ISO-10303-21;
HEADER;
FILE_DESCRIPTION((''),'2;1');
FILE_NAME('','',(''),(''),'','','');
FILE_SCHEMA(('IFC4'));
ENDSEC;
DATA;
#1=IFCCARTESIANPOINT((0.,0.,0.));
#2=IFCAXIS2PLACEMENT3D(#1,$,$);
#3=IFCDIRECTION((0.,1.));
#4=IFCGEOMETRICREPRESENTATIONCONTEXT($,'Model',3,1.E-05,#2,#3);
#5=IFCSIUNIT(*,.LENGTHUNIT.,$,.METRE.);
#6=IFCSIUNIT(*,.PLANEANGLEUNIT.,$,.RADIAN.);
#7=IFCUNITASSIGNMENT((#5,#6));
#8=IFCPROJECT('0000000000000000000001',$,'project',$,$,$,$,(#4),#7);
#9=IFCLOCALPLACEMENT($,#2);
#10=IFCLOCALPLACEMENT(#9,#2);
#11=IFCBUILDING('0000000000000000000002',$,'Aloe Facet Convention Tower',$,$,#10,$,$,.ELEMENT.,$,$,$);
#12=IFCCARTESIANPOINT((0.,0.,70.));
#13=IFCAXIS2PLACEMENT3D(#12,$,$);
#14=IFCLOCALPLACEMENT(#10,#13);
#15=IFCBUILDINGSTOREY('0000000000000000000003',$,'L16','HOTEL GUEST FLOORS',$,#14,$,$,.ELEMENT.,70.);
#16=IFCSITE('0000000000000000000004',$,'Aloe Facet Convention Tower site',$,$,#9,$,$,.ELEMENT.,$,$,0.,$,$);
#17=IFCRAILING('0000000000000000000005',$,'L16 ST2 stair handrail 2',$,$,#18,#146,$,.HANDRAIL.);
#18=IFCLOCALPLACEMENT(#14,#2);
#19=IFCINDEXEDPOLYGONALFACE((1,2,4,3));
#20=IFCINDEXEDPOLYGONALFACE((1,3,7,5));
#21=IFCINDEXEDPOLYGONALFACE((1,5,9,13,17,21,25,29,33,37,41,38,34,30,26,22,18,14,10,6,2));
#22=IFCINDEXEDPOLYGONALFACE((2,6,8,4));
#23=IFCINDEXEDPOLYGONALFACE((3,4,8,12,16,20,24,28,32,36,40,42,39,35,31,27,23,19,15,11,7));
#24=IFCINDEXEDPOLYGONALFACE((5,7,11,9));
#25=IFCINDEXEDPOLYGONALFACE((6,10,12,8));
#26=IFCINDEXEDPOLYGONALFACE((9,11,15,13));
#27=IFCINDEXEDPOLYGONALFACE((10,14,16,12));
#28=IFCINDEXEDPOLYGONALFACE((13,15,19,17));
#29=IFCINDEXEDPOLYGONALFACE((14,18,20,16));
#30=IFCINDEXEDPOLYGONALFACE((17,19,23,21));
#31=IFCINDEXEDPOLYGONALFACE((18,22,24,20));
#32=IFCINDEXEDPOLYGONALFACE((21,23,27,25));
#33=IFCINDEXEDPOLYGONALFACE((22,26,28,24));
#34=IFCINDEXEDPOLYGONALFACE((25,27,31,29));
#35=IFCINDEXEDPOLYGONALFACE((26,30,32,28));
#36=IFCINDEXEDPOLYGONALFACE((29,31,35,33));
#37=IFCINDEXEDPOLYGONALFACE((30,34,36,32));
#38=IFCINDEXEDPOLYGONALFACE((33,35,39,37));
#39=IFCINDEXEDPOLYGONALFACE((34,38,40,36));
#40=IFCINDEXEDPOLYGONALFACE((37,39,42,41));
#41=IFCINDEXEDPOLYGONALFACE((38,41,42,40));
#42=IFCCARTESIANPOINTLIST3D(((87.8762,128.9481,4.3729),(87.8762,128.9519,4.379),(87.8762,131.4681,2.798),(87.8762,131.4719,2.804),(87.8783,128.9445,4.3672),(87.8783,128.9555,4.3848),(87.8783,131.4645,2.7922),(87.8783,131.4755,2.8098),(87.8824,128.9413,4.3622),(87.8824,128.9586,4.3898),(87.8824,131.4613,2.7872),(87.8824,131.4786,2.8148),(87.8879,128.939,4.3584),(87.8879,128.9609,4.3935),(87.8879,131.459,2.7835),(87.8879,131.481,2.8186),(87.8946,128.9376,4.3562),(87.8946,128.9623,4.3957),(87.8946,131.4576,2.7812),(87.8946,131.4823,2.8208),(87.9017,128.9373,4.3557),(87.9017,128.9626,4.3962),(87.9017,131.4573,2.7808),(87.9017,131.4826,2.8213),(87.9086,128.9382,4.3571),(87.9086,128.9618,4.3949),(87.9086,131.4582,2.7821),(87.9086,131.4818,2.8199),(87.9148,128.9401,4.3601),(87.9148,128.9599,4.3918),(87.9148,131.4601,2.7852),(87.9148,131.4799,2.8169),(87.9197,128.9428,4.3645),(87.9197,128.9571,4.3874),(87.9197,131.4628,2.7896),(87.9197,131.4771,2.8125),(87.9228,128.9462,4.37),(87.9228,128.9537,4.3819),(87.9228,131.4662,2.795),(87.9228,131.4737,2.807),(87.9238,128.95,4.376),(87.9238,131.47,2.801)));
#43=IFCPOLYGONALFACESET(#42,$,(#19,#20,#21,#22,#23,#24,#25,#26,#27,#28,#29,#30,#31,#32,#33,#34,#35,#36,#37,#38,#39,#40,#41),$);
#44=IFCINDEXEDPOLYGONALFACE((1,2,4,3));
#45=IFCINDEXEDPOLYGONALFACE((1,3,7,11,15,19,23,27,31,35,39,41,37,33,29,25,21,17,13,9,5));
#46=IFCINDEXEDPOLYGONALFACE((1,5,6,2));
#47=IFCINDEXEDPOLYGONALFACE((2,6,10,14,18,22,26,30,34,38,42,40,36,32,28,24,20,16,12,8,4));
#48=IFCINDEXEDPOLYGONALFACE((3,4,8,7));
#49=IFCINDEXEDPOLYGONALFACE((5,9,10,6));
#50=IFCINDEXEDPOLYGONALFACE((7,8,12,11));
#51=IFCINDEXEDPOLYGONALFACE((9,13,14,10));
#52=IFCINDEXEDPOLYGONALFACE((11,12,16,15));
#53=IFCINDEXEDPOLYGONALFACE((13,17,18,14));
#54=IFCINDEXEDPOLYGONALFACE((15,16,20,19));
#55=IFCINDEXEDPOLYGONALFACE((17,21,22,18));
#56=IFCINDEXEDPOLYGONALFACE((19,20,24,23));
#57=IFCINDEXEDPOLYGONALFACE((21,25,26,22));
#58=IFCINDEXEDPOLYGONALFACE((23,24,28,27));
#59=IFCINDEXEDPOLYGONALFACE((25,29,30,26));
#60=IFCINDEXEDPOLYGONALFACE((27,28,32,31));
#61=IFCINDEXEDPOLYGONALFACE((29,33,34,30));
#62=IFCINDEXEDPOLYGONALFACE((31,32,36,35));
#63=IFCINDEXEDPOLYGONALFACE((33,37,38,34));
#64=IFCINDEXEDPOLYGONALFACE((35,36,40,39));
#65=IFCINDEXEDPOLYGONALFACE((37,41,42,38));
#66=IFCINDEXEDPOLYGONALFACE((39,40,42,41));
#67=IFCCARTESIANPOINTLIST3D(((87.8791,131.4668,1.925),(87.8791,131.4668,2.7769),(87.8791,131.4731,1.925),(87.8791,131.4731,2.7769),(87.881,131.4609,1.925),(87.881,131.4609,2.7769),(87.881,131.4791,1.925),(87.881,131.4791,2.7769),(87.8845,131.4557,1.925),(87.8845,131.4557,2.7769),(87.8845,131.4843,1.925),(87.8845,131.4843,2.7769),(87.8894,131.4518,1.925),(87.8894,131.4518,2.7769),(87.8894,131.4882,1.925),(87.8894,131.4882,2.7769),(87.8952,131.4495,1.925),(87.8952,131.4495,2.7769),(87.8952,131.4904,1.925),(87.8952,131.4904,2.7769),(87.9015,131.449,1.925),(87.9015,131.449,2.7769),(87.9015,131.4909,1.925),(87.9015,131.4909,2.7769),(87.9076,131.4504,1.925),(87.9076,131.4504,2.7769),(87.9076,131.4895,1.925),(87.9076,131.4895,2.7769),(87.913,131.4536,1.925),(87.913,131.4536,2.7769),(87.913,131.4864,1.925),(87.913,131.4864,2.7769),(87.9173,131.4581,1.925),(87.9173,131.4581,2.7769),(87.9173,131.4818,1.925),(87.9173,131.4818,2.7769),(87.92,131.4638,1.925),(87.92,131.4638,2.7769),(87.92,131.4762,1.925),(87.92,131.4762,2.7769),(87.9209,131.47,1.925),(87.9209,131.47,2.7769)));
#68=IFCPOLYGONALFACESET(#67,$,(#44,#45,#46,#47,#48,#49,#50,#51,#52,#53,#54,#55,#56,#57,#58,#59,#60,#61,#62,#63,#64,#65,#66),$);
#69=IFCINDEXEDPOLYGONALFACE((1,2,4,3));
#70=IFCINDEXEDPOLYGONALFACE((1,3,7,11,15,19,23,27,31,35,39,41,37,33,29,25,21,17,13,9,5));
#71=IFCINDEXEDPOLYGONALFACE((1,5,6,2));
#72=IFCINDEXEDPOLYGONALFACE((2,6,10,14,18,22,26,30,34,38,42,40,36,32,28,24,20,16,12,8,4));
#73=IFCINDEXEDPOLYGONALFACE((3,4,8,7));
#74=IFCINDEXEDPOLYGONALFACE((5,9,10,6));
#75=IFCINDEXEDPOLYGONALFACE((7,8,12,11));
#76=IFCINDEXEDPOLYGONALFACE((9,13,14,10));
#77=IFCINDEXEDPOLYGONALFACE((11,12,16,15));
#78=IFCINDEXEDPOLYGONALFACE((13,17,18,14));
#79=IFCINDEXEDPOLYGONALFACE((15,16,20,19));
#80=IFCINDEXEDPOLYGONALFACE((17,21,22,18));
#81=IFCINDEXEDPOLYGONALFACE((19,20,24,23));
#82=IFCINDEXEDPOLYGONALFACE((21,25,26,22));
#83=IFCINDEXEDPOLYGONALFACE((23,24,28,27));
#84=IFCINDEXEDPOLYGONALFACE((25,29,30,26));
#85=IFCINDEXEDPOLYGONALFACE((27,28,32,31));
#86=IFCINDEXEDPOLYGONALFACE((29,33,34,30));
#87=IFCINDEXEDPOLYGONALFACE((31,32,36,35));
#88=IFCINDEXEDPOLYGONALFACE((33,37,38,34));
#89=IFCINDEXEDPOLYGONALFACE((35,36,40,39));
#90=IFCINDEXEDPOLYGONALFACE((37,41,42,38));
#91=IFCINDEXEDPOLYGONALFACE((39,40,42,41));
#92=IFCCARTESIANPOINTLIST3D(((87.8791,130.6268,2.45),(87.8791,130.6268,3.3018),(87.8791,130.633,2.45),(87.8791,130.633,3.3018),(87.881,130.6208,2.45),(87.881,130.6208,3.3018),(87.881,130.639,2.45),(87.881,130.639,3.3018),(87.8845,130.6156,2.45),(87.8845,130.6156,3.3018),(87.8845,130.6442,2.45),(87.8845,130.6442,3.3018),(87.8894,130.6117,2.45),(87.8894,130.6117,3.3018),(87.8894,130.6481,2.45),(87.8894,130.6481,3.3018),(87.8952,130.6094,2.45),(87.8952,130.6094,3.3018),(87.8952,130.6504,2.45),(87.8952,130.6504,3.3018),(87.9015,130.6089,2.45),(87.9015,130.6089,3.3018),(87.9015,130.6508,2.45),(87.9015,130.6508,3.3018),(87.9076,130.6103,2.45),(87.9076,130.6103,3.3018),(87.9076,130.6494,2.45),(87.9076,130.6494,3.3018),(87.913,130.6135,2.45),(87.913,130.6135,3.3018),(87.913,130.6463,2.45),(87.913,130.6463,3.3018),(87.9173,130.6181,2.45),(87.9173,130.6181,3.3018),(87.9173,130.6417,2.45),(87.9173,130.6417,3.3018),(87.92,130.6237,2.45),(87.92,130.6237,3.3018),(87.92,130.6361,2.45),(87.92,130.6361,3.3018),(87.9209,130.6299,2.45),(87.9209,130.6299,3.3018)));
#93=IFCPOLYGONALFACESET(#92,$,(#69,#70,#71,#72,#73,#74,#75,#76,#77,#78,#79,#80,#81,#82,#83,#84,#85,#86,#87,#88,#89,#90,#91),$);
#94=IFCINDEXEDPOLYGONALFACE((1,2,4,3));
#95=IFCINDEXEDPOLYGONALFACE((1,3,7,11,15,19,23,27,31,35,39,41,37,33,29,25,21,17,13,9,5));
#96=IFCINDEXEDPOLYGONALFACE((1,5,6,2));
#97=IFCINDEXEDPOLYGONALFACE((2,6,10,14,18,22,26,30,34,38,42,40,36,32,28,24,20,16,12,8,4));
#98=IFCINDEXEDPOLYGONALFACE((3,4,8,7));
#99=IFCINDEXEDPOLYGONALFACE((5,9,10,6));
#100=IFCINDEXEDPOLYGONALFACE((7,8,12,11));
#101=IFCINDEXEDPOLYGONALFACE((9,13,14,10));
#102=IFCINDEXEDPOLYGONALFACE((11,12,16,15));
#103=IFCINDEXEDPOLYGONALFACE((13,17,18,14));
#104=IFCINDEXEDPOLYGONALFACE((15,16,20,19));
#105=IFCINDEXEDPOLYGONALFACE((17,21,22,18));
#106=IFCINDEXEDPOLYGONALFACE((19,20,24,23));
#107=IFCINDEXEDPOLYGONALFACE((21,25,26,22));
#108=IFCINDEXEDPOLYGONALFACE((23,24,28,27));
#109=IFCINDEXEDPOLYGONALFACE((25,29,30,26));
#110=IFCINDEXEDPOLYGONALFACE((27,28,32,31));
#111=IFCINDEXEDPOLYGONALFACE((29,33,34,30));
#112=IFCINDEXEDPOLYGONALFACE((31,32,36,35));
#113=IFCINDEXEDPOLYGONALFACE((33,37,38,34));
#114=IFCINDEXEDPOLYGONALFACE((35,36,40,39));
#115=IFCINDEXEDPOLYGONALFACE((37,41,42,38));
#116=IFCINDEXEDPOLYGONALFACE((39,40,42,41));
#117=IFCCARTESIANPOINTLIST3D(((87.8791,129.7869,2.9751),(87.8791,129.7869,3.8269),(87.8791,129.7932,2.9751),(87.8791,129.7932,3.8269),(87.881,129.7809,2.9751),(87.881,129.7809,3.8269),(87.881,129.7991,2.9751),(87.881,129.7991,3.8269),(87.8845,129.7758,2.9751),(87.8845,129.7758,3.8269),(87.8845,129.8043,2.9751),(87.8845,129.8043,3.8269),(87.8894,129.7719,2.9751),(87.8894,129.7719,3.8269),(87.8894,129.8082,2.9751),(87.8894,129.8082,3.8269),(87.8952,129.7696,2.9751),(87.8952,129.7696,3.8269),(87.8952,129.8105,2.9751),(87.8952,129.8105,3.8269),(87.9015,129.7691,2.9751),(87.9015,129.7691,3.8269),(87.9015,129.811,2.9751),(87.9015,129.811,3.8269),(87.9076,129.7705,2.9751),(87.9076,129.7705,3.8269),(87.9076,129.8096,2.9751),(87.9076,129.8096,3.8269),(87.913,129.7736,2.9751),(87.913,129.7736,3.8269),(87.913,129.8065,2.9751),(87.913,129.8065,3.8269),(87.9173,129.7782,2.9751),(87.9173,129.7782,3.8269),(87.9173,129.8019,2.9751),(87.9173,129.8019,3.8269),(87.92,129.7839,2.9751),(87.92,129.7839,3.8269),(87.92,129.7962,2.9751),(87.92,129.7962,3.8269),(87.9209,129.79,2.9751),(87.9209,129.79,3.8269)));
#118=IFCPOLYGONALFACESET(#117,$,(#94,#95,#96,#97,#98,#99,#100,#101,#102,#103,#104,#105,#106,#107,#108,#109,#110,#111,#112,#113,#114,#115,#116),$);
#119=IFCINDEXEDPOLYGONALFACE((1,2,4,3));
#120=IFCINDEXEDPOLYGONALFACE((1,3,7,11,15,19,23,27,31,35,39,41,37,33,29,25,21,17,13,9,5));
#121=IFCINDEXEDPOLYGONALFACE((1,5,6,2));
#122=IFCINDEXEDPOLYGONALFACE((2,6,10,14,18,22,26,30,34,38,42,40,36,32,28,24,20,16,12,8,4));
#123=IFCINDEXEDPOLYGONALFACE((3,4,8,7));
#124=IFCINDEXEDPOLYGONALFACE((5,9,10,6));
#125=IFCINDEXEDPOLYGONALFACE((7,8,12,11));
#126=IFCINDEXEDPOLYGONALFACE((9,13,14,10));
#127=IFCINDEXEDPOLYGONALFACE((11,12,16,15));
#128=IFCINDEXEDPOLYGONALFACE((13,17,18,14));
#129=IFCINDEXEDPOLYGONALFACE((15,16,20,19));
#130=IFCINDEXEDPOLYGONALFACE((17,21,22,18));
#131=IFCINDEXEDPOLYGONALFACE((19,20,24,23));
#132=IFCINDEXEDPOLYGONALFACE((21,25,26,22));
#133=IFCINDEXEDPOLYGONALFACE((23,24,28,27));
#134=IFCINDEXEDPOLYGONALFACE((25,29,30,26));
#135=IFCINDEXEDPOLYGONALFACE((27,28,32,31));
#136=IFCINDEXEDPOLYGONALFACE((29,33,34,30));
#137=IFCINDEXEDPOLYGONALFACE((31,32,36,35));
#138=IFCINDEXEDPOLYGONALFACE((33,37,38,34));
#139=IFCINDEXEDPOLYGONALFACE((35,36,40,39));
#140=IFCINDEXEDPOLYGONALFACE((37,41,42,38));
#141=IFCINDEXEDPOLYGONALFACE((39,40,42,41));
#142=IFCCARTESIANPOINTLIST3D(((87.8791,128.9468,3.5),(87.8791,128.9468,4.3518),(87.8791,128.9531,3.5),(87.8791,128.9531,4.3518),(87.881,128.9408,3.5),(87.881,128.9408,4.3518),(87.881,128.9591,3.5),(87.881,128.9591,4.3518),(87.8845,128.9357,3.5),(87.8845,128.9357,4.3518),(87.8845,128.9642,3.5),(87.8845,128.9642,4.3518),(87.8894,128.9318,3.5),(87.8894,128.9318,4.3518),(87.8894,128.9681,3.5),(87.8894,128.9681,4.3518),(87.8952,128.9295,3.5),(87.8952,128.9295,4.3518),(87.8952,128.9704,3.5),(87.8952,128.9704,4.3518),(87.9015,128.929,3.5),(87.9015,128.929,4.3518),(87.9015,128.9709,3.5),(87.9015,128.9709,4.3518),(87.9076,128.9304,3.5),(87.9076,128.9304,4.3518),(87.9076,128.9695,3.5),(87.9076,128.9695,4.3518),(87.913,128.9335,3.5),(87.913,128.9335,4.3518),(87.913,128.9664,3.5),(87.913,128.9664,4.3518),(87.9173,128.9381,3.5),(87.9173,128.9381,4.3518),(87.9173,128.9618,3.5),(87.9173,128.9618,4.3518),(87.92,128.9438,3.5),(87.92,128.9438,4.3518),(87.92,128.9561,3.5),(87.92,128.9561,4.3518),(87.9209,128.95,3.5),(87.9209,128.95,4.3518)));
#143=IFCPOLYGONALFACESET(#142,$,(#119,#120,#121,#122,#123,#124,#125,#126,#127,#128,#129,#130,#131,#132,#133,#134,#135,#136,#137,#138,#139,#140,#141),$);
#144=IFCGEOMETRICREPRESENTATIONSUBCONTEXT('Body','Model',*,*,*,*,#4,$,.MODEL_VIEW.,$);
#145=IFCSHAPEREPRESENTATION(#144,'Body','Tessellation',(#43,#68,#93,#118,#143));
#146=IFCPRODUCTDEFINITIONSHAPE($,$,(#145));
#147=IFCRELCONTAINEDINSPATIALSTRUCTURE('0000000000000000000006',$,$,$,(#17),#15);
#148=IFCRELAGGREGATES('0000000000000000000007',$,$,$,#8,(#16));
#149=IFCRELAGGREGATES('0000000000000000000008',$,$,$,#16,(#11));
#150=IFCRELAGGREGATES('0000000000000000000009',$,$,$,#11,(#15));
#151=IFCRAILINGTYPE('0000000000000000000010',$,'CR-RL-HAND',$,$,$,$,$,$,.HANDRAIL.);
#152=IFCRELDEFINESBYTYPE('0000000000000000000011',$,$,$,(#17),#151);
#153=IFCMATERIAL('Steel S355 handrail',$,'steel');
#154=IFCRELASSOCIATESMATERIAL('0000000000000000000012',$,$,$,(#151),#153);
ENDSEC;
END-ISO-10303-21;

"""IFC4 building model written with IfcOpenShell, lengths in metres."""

from ifc_helpers import new_model, si_unit, direction, frame, origin, origin_2d, place, context, subcontext, project, spatial, circle, extrude, material, type_object, element, save


model = new_model("IFC4")

# Units and contexts
model_context = context("Model", 3, precision=1e-05, world=origin(), true_north=direction((0.0, 1.0)))
body_context = subcontext(model_context, "Body", "Model", "MODEL_VIEW")
ifc_project = project(units=[si_unit("LENGTHUNIT", "METRE"), si_unit("PLANEANGLEUNIT", "RADIAN")], contexts=[model_context])

# Site, building, storey
site_placement = place(None, origin())
site = spatial("IfcSite", under=ifc_project, at=site_placement, Name="Aloe Facet Convention Tower site", CompositionType="ELEMENT", RefElevation=0.0)
building_placement = place(site_placement, origin())
building = spatial("IfcBuilding", under=site, at=building_placement, Name="Aloe Facet Convention Tower", CompositionType="ELEMENT")
storey_placement = place(building_placement, frame((0.0, 0.0, 70.0)))
storey = spatial("IfcBuildingStorey", under=building, at=storey_placement, Name="L16", Description="HOTEL GUEST FLOORS", CompositionType="ELEMENT", Elevation=70.0)

# Railing
ifc_material_1 = material(Name="Steel S355 handrail", Category="steel")
railing_type_1 = type_object("IfcRailingType", Name="CR-RL-HAND", PredefinedType="HANDRAIL", material=ifc_material_1)
railing_1_placement = place(storey_placement, frame((87.8999, 131.47, 1.925)))
element("IfcRailing", 1, at=railing_1_placement, inside=storey, type_object=railing_type_1, Name="L16 ST2 stair handrail 2", PredefinedType="HANDRAIL", context=body_context, shape_type="SweptSolid", body=[
    extrude(circle(Radius=0.0239, at=origin_2d()), frame((0.0, 0.0, 0.876), z_axis=(0.0, -0.848008, 0.529984), x_axis=(1.0, 0.0, 0.0)), (0.0, 0.0, 1.0), 2.9717),
    extrude(circle(Radius=0.021, at=origin_2d()), origin(), (0.0, 0.0, 1.0), 0.8518),
    extrude(circle(Radius=0.021, at=origin_2d()), frame((0.0, -0.8401, 0.5249)), (0.0, 0.0, 1.0), 0.8518),
    extrude(circle(Radius=0.021, at=origin_2d()), frame((0.0, -1.6799, 1.05)), (0.0, 0.0, 1.0), 0.8518),
    extrude(circle(Radius=0.021, at=origin_2d()), frame((0.0, -2.52, 1.575)), (0.0, 0.0, 1.0), 0.8518),
])

save(model, "model.ifc")
